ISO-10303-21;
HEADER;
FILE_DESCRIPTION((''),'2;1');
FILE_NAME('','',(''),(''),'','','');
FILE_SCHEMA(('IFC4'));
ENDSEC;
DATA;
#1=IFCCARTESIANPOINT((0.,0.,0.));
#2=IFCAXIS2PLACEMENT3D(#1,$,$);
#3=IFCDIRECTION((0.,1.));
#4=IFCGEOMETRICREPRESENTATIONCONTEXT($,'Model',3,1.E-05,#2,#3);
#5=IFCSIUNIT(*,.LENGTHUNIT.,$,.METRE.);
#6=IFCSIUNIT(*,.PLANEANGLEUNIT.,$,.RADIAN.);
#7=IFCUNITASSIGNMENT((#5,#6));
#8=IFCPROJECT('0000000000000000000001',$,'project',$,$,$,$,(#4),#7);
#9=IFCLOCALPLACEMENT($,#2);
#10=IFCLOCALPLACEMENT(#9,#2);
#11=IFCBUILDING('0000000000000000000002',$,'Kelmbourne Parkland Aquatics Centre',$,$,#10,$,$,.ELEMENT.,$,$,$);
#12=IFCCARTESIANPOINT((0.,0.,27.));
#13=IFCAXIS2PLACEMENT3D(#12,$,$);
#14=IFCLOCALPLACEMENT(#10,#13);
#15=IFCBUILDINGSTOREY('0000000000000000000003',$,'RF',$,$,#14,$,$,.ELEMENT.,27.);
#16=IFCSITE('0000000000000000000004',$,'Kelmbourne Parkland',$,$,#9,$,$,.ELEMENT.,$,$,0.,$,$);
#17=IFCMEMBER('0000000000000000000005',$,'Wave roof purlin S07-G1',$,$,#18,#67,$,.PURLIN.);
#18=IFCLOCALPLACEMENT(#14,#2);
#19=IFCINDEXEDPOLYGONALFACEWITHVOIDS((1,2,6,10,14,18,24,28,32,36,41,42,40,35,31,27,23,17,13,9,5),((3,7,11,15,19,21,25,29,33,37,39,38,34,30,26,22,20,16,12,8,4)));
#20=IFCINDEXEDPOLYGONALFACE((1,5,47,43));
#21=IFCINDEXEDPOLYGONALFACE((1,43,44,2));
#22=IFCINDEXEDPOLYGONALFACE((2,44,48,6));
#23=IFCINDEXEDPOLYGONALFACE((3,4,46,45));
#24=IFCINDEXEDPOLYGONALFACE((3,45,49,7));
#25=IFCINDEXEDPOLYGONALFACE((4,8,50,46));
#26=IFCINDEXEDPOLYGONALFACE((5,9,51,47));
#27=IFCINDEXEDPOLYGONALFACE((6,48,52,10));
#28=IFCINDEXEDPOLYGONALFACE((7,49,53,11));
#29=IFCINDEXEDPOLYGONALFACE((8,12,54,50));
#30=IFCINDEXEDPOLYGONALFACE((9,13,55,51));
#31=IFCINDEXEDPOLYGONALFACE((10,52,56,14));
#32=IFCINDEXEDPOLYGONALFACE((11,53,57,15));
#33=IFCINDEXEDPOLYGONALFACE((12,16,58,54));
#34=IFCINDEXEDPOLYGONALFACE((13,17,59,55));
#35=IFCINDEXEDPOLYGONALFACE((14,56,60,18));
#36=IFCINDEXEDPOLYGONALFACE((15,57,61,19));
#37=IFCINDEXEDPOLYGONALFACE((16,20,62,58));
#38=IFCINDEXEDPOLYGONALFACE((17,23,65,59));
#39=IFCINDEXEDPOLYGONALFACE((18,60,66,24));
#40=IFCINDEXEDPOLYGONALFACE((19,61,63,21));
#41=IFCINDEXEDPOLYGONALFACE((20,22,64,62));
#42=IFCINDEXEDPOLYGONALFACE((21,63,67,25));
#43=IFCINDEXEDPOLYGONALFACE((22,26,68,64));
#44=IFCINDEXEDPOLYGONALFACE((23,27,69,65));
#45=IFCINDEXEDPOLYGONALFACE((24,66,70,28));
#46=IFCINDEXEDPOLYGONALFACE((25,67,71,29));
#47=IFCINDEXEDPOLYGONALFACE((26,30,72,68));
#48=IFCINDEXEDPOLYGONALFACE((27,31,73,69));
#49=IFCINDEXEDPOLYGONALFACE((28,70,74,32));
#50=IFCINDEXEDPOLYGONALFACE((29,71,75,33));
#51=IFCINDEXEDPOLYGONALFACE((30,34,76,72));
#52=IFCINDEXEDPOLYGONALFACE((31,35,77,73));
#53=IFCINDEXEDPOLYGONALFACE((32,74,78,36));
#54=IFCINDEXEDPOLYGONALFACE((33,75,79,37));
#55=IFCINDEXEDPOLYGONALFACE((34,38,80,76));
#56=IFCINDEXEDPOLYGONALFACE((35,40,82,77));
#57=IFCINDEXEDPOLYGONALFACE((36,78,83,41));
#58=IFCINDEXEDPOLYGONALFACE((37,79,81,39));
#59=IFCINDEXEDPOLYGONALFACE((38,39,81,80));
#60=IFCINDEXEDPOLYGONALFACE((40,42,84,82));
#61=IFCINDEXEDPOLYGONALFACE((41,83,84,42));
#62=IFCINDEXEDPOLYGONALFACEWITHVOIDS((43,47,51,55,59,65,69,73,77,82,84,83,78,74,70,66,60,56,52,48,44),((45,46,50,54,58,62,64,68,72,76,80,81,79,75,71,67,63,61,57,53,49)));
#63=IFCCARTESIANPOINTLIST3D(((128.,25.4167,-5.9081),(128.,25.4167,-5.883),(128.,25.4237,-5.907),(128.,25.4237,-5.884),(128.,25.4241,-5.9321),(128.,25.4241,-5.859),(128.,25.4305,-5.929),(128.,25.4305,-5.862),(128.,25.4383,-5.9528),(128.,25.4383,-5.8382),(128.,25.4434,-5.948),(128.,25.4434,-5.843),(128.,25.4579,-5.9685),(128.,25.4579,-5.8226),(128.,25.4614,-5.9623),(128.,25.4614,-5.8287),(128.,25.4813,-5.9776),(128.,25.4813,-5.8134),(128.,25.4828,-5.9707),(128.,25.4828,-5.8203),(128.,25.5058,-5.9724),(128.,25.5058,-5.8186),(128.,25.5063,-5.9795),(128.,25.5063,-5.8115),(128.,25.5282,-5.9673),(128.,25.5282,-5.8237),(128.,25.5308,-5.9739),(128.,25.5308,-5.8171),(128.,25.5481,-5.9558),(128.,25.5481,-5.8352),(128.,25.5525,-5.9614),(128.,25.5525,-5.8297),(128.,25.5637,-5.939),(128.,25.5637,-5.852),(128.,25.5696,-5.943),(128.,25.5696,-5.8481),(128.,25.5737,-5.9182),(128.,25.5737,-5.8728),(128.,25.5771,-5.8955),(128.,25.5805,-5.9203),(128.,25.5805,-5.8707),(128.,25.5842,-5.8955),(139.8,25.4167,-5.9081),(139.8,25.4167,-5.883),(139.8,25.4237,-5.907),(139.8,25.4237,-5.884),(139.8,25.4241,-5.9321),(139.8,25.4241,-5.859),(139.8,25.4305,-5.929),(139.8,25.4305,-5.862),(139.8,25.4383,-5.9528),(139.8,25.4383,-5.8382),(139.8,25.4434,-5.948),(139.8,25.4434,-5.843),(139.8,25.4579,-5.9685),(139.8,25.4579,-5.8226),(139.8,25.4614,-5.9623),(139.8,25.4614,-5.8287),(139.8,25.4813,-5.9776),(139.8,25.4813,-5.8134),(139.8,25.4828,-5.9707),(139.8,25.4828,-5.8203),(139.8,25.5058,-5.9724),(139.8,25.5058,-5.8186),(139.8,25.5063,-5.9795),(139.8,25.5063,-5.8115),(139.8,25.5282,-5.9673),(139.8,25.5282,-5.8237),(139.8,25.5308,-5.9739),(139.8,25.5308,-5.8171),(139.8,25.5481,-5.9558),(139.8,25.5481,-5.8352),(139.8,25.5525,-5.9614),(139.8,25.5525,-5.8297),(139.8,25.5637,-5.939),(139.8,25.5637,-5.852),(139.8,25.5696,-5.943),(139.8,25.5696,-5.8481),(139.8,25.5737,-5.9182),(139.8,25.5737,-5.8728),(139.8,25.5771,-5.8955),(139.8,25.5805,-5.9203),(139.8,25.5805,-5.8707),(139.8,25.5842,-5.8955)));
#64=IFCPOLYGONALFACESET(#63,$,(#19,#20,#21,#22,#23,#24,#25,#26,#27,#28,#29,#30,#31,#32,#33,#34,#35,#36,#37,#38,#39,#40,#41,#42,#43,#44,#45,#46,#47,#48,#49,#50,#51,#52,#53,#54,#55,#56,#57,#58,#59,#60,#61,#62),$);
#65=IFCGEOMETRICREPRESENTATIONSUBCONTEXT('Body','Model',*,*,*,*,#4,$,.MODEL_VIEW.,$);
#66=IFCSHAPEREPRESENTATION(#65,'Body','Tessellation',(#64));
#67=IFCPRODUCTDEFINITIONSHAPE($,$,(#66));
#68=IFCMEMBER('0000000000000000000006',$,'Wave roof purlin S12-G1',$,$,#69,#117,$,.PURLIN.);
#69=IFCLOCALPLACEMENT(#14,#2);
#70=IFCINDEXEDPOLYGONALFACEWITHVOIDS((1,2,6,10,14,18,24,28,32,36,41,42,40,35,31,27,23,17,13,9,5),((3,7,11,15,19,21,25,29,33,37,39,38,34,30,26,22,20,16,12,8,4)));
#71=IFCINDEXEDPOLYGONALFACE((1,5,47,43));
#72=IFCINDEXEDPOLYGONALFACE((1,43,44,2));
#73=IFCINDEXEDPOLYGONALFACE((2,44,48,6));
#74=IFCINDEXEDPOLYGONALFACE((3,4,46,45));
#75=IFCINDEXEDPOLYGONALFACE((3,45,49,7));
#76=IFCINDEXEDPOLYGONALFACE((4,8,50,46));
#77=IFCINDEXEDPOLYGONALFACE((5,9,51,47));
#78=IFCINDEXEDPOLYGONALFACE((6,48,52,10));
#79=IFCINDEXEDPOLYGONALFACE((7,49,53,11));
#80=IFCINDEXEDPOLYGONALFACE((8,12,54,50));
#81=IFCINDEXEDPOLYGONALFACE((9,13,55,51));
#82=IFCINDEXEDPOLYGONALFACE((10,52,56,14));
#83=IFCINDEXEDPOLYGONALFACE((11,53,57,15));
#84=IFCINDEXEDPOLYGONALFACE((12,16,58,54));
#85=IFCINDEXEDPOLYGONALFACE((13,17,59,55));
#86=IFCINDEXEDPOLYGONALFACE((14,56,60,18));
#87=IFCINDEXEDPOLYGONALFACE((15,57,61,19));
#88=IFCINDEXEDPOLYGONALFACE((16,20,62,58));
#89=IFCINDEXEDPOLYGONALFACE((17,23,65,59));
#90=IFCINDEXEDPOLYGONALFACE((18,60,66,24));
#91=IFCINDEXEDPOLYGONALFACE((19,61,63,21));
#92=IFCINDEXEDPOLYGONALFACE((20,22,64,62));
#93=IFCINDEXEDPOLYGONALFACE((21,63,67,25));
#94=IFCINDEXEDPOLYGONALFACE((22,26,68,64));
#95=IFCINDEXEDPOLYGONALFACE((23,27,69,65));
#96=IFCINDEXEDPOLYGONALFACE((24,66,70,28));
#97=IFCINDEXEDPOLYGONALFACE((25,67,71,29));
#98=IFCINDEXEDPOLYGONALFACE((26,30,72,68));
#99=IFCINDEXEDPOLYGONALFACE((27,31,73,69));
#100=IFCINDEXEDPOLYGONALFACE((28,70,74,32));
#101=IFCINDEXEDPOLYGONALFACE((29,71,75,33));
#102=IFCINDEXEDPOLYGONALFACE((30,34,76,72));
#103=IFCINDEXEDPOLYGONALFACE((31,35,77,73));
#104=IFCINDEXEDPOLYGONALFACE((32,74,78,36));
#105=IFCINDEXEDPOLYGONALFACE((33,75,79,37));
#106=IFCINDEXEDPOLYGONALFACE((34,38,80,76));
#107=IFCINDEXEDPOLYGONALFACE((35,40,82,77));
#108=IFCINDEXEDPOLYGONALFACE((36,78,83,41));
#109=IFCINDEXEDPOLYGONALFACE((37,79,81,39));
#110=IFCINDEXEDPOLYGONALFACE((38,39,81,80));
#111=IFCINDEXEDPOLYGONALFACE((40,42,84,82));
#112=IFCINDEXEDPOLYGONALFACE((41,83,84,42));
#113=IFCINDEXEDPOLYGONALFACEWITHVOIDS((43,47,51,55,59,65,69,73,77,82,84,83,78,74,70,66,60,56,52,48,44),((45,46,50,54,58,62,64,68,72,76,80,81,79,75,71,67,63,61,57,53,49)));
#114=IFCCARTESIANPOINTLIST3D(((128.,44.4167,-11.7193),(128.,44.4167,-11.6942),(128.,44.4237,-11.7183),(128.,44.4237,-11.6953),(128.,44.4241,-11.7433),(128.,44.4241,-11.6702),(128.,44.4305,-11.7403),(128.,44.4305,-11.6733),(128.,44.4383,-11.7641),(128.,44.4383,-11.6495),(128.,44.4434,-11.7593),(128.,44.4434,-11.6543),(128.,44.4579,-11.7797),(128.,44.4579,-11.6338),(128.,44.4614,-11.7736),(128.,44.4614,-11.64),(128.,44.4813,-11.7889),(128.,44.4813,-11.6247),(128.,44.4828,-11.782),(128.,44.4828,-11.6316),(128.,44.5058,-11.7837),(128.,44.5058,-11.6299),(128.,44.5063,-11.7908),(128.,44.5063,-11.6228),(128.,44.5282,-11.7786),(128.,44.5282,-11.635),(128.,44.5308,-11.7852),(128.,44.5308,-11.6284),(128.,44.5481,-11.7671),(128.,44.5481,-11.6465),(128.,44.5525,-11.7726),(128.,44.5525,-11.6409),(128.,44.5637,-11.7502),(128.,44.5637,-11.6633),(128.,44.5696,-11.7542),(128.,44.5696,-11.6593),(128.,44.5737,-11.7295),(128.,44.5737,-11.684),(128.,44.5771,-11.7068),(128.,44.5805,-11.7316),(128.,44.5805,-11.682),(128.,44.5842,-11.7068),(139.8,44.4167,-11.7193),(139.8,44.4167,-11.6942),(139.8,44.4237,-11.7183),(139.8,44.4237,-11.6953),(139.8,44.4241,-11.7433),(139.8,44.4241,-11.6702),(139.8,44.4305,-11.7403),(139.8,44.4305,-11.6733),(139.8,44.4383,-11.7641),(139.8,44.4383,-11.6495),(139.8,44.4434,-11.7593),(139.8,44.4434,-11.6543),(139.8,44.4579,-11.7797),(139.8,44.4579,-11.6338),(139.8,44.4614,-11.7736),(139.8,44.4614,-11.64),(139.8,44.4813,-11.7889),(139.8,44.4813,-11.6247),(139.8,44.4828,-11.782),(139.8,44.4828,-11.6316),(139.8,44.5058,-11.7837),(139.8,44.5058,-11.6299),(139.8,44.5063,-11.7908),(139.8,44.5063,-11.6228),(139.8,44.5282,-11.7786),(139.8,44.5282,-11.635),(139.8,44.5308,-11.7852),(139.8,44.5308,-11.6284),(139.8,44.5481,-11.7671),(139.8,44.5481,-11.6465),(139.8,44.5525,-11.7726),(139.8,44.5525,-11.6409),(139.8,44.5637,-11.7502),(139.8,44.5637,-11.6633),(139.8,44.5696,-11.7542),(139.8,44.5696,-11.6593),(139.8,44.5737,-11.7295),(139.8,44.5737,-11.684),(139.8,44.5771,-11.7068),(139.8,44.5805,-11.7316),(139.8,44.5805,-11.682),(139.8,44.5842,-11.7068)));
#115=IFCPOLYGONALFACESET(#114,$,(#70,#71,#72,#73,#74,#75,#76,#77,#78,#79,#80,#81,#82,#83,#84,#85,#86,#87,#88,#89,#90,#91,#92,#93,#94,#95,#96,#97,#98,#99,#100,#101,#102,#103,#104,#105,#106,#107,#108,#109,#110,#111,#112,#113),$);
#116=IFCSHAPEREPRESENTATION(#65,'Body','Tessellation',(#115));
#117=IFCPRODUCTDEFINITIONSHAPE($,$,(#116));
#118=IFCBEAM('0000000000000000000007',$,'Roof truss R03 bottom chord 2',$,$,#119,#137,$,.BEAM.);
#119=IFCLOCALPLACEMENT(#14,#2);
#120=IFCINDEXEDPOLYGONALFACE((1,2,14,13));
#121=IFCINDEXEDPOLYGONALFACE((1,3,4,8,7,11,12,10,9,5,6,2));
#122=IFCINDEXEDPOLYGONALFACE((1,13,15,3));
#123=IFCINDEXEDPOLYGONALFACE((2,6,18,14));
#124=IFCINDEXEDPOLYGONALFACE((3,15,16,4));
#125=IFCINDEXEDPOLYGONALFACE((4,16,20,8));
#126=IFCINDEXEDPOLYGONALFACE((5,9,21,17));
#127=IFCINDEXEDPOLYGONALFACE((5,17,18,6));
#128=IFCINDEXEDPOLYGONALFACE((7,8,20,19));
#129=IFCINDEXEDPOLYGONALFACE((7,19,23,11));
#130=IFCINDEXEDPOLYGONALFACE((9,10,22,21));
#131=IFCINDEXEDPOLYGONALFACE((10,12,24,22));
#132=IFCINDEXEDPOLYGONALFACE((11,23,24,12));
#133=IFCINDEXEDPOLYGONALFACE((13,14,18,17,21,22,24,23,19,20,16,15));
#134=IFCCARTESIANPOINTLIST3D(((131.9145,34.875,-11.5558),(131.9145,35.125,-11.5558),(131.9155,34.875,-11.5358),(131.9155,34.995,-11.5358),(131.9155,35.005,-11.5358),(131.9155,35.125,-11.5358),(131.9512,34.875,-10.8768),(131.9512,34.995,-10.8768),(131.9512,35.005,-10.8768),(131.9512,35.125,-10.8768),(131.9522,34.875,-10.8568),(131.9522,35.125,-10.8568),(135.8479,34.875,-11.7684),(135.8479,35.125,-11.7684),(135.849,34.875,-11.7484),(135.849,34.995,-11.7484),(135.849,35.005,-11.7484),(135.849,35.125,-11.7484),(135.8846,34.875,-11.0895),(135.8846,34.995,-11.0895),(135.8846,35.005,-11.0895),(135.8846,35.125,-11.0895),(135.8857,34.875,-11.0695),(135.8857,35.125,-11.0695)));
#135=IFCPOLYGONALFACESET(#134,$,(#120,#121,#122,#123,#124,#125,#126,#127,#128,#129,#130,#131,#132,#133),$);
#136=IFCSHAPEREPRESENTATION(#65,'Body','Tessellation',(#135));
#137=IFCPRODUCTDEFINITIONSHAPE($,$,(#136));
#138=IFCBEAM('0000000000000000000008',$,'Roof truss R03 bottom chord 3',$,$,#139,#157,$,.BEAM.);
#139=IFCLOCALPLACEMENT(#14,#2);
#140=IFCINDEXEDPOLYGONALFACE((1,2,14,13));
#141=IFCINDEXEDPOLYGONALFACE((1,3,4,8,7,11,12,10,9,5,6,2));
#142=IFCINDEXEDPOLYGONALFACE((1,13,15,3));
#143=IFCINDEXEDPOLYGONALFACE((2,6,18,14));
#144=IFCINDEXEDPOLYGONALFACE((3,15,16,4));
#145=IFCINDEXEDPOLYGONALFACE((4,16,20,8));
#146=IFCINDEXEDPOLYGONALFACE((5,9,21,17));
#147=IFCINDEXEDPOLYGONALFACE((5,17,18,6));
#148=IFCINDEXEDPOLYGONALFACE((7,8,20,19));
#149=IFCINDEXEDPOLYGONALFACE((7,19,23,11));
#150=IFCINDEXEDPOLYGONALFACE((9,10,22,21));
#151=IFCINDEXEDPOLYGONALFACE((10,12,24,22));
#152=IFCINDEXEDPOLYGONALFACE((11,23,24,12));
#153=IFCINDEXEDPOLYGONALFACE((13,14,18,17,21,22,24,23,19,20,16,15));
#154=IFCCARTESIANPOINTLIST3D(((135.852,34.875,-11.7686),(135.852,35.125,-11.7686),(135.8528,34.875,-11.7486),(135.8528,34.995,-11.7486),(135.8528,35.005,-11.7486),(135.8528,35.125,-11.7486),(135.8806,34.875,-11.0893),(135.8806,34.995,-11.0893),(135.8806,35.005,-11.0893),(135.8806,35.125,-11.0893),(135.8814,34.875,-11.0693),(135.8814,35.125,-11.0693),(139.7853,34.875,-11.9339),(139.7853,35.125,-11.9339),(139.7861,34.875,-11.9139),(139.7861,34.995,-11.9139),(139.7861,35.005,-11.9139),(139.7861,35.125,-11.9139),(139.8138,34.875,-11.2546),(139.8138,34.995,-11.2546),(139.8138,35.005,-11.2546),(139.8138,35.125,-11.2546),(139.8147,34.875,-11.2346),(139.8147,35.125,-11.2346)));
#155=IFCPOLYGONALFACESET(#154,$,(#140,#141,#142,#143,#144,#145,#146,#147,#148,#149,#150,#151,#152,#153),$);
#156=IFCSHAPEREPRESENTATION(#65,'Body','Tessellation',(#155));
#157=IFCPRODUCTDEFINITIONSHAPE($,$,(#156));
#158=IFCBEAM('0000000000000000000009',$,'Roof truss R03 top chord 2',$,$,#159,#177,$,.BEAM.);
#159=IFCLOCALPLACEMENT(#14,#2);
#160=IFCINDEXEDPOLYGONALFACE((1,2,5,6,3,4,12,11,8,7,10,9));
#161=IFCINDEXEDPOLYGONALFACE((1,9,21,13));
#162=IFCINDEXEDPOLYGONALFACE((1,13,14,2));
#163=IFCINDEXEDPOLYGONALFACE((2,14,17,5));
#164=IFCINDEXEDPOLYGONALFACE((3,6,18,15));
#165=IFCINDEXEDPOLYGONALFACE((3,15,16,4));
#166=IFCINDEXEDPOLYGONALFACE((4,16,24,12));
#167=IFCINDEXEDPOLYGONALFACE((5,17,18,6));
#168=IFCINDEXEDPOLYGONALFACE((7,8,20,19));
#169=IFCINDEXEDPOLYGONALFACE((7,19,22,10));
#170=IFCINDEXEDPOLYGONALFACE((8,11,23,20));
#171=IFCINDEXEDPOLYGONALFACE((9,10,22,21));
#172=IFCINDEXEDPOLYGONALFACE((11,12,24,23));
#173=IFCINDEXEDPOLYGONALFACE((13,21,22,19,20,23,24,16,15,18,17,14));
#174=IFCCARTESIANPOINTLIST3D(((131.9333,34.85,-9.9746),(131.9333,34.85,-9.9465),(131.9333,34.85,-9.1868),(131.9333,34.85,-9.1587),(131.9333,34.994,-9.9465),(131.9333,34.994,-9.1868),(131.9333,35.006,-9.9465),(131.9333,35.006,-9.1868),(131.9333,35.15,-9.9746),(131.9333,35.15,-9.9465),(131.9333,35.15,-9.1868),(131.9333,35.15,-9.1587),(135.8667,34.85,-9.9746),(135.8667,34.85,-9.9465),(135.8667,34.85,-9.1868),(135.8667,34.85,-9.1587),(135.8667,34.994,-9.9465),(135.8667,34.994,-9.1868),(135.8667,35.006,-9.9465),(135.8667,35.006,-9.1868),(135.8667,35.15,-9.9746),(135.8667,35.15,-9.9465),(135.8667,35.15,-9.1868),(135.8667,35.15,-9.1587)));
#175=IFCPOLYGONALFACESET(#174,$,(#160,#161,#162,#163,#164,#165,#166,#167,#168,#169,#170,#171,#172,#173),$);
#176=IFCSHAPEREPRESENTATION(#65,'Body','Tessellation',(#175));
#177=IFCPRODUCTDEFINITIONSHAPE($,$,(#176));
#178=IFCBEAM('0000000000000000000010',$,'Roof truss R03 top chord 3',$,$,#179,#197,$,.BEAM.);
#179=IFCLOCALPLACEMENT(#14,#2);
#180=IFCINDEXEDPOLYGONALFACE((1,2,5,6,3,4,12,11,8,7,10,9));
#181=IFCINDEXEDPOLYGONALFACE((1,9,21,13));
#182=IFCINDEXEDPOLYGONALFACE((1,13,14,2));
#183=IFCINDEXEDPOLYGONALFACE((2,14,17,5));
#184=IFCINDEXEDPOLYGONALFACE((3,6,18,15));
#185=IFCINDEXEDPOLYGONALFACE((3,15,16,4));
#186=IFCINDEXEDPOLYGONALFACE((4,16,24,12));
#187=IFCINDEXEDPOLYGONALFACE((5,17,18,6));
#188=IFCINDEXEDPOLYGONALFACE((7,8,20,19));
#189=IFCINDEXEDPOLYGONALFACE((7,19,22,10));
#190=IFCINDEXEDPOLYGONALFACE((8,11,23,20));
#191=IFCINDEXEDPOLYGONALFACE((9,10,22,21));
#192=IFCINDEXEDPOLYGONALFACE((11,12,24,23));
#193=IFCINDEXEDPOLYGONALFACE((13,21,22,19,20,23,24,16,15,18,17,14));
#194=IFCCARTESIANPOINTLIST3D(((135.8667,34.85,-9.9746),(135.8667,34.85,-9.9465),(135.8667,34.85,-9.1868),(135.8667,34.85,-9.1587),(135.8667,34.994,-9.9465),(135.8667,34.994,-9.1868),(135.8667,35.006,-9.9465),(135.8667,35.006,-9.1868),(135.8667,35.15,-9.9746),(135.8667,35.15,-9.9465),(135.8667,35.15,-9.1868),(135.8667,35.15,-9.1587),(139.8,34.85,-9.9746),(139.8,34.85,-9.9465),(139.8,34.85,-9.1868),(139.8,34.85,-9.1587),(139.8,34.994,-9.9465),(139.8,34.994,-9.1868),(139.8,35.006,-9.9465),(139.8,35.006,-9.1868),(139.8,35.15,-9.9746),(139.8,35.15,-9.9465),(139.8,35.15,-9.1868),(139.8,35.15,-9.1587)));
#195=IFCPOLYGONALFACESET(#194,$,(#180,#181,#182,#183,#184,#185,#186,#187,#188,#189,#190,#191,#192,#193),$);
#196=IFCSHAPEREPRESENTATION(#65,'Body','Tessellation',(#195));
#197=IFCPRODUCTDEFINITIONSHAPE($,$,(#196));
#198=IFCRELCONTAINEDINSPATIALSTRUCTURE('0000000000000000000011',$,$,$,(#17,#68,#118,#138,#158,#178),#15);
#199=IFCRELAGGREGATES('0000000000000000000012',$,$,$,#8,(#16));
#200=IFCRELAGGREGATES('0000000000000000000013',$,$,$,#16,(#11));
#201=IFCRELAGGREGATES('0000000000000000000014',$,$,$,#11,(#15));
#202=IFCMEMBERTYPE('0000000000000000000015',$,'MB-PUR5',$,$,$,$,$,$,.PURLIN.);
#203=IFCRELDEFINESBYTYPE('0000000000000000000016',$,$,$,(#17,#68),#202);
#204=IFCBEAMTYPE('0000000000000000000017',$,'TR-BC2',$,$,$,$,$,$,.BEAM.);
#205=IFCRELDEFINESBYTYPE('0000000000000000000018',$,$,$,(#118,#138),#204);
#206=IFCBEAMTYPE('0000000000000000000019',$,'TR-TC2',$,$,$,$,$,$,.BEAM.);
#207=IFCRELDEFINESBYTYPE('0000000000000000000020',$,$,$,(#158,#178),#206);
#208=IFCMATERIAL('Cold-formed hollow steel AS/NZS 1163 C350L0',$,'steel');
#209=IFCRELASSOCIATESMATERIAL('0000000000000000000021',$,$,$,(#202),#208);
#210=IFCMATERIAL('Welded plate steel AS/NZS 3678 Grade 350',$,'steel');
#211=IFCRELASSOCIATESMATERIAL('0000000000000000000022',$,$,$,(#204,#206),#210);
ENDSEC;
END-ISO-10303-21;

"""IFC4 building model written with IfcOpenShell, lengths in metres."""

from ifc_helpers import new_model, si_unit, direction, frame, origin, origin_2d, place, context, subcontext, project, spatial, hollow_circle, i_section, extrude, material, material_profile, profile_set, type_object, element, save


model = new_model("IFC4")

# Units and contexts
model_context = context("Model", 3, precision=1e-05, world=origin(), true_north=direction((0.0, 1.0)))
body_context = subcontext(model_context, "Body", "Model", "MODEL_VIEW")
ifc_project = project(units=[si_unit("LENGTHUNIT", "METRE"), si_unit("PLANEANGLEUNIT", "RADIAN")], contexts=[model_context])

# Site, building, storey
site_placement = place(None, origin())
site = spatial("IfcSite", under=ifc_project, at=site_placement, Name="Kelmbourne Parkland", CompositionType="ELEMENT", RefElevation=0.0)
building_placement = place(site_placement, origin())
building = spatial("IfcBuilding", under=site, at=building_placement, Name="Kelmbourne Parkland Aquatics Centre", CompositionType="ELEMENT")
storey_placement = place(building_placement, frame((0.0, 0.0, 27.0)))
storey = spatial("IfcBuildingStorey", under=building, at=storey_placement, Name="RF", CompositionType="ELEMENT", Elevation=27.0)

# Members
ifc_material_1 = material(Name="Cold-formed hollow steel AS/NZS 1163 C350L0", Category="steel")
ifc_material_profile_1 = material_profile(ifc_material_1, hollow_circle(Radius=0.0842, WallThickness=0.0071, at=origin_2d()), Name="CHS 168.3x7.1")
ifc_profile_set_1 = profile_set([ifc_material_profile_1], Name="Cold-formed hollow steel AS/NZS 1163 C350L0")
member_type_1 = type_object("IfcMemberType", Name="MB-PUR5", PredefinedType="PURLIN", material=ifc_profile_set_1)
for number, where, z_axis, x_axis, name in (
    (1, (128.0, 25.5, -5.8955), (1.0, 0.0, 0.0), (0.0, 1.0, 0.0), "Wave roof purlin S07-G1"),
    (2, (128.0, 44.5, -11.7068), (1.0, 0.0, 0.0), (0.0, 1.0, 0.0), "Wave roof purlin S12-G1"),
):
    element("IfcMember", number, at=place(storey_placement, frame(where, z_axis=z_axis, x_axis=x_axis)), inside=storey, type_object=member_type_1, Name=name, PredefinedType="PURLIN", context=body_context, shape_type="SweptSolid", body=[
        extrude(hollow_circle(Radius=0.0842, WallThickness=0.0071, at=origin_2d()), origin(), (0.0, 0.0, 1.0), 11.8),
    ])

# Beams
ifc_material_2 = material(Name="Welded plate steel AS/NZS 3678 Grade 350", Category="steel")
ifc_material_profile_2 = material_profile(ifc_material_2, i_section(OverallWidth=0.25, OverallDepth=0.7, WebThickness=0.01, FlangeThickness=0.02, at=origin_2d()), Name="700WB130")
ifc_profile_set_2 = profile_set([ifc_material_profile_2], Name="Welded plate steel AS/NZS 3678 Grade 350")
beam_type_1 = type_object("IfcBeamType", Name="TR-BC2", PredefinedType="BEAM", material=ifc_profile_set_2)
beam_1_placement = place(storey_placement, frame((131.9333, 35.0, -11.2063), z_axis=(0.998542, 0.0, -0.053984), x_axis=(0.0, 1.0, 0.0)))
element("IfcBeam", 3, at=beam_1_placement, inside=storey, type_object=beam_type_1, Name="Roof truss R03 bottom chord 2", PredefinedType="BEAM", context=body_context, shape_type="SweptSolid", body=[
    extrude(i_section(OverallWidth=0.25, OverallDepth=0.7, WebThickness=0.01, FlangeThickness=0.02, at=origin_2d()), origin(), (0.0, 0.0, 1.0), 3.9392),
])
beam_2_placement = place(storey_placement, frame((135.8667, 35.0, -11.4189), z_axis=(0.999118, 0.0, -0.041984), x_axis=(0.0, 1.0, 0.0)))
element("IfcBeam", 4, at=beam_2_placement, inside=storey, type_object=beam_type_1, Name="Roof truss R03 bottom chord 3", PredefinedType="BEAM", context=body_context, shape_type="SweptSolid", body=[
    extrude(i_section(OverallWidth=0.25, OverallDepth=0.7, WebThickness=0.01, FlangeThickness=0.02, at=origin_2d()), origin(), (0.0, 0.0, 1.0), 3.9368),
])
ifc_material_profile_3 = material_profile(ifc_material_2, i_section(OverallWidth=0.3, OverallDepth=0.8159, WebThickness=0.012, FlangeThickness=0.0281, at=origin_2d()), Name="800WB192")
ifc_profile_set_3 = profile_set([ifc_material_profile_3], Name="Welded plate steel AS/NZS 3678 Grade 350")
beam_type_2 = type_object("IfcBeamType", Name="TR-TC2", PredefinedType="BEAM", material=ifc_profile_set_3)
for number, where, z_axis, x_axis, name in (
    (5, (131.9333, 35.0, -9.5667), (1.0, 0.0, 0.0), (0.0, 1.0, 0.0), "Roof truss R03 top chord 2"),
    (6, (135.8667, 35.0, -9.5667), (1.0, 0.0, 0.0), (0.0, 1.0, 0.0), "Roof truss R03 top chord 3"),
):
    element("IfcBeam", number, at=place(storey_placement, frame(where, z_axis=z_axis, x_axis=x_axis)), inside=storey, type_object=beam_type_2, Name=name, PredefinedType="BEAM", context=body_context, shape_type="SweptSolid", body=[
        extrude(i_section(OverallWidth=0.3, OverallDepth=0.8159, WebThickness=0.012, FlangeThickness=0.0281, at=origin_2d()), origin(), (0.0, 0.0, 1.0), 3.9333),
    ])

save(model, "model.ifc")
